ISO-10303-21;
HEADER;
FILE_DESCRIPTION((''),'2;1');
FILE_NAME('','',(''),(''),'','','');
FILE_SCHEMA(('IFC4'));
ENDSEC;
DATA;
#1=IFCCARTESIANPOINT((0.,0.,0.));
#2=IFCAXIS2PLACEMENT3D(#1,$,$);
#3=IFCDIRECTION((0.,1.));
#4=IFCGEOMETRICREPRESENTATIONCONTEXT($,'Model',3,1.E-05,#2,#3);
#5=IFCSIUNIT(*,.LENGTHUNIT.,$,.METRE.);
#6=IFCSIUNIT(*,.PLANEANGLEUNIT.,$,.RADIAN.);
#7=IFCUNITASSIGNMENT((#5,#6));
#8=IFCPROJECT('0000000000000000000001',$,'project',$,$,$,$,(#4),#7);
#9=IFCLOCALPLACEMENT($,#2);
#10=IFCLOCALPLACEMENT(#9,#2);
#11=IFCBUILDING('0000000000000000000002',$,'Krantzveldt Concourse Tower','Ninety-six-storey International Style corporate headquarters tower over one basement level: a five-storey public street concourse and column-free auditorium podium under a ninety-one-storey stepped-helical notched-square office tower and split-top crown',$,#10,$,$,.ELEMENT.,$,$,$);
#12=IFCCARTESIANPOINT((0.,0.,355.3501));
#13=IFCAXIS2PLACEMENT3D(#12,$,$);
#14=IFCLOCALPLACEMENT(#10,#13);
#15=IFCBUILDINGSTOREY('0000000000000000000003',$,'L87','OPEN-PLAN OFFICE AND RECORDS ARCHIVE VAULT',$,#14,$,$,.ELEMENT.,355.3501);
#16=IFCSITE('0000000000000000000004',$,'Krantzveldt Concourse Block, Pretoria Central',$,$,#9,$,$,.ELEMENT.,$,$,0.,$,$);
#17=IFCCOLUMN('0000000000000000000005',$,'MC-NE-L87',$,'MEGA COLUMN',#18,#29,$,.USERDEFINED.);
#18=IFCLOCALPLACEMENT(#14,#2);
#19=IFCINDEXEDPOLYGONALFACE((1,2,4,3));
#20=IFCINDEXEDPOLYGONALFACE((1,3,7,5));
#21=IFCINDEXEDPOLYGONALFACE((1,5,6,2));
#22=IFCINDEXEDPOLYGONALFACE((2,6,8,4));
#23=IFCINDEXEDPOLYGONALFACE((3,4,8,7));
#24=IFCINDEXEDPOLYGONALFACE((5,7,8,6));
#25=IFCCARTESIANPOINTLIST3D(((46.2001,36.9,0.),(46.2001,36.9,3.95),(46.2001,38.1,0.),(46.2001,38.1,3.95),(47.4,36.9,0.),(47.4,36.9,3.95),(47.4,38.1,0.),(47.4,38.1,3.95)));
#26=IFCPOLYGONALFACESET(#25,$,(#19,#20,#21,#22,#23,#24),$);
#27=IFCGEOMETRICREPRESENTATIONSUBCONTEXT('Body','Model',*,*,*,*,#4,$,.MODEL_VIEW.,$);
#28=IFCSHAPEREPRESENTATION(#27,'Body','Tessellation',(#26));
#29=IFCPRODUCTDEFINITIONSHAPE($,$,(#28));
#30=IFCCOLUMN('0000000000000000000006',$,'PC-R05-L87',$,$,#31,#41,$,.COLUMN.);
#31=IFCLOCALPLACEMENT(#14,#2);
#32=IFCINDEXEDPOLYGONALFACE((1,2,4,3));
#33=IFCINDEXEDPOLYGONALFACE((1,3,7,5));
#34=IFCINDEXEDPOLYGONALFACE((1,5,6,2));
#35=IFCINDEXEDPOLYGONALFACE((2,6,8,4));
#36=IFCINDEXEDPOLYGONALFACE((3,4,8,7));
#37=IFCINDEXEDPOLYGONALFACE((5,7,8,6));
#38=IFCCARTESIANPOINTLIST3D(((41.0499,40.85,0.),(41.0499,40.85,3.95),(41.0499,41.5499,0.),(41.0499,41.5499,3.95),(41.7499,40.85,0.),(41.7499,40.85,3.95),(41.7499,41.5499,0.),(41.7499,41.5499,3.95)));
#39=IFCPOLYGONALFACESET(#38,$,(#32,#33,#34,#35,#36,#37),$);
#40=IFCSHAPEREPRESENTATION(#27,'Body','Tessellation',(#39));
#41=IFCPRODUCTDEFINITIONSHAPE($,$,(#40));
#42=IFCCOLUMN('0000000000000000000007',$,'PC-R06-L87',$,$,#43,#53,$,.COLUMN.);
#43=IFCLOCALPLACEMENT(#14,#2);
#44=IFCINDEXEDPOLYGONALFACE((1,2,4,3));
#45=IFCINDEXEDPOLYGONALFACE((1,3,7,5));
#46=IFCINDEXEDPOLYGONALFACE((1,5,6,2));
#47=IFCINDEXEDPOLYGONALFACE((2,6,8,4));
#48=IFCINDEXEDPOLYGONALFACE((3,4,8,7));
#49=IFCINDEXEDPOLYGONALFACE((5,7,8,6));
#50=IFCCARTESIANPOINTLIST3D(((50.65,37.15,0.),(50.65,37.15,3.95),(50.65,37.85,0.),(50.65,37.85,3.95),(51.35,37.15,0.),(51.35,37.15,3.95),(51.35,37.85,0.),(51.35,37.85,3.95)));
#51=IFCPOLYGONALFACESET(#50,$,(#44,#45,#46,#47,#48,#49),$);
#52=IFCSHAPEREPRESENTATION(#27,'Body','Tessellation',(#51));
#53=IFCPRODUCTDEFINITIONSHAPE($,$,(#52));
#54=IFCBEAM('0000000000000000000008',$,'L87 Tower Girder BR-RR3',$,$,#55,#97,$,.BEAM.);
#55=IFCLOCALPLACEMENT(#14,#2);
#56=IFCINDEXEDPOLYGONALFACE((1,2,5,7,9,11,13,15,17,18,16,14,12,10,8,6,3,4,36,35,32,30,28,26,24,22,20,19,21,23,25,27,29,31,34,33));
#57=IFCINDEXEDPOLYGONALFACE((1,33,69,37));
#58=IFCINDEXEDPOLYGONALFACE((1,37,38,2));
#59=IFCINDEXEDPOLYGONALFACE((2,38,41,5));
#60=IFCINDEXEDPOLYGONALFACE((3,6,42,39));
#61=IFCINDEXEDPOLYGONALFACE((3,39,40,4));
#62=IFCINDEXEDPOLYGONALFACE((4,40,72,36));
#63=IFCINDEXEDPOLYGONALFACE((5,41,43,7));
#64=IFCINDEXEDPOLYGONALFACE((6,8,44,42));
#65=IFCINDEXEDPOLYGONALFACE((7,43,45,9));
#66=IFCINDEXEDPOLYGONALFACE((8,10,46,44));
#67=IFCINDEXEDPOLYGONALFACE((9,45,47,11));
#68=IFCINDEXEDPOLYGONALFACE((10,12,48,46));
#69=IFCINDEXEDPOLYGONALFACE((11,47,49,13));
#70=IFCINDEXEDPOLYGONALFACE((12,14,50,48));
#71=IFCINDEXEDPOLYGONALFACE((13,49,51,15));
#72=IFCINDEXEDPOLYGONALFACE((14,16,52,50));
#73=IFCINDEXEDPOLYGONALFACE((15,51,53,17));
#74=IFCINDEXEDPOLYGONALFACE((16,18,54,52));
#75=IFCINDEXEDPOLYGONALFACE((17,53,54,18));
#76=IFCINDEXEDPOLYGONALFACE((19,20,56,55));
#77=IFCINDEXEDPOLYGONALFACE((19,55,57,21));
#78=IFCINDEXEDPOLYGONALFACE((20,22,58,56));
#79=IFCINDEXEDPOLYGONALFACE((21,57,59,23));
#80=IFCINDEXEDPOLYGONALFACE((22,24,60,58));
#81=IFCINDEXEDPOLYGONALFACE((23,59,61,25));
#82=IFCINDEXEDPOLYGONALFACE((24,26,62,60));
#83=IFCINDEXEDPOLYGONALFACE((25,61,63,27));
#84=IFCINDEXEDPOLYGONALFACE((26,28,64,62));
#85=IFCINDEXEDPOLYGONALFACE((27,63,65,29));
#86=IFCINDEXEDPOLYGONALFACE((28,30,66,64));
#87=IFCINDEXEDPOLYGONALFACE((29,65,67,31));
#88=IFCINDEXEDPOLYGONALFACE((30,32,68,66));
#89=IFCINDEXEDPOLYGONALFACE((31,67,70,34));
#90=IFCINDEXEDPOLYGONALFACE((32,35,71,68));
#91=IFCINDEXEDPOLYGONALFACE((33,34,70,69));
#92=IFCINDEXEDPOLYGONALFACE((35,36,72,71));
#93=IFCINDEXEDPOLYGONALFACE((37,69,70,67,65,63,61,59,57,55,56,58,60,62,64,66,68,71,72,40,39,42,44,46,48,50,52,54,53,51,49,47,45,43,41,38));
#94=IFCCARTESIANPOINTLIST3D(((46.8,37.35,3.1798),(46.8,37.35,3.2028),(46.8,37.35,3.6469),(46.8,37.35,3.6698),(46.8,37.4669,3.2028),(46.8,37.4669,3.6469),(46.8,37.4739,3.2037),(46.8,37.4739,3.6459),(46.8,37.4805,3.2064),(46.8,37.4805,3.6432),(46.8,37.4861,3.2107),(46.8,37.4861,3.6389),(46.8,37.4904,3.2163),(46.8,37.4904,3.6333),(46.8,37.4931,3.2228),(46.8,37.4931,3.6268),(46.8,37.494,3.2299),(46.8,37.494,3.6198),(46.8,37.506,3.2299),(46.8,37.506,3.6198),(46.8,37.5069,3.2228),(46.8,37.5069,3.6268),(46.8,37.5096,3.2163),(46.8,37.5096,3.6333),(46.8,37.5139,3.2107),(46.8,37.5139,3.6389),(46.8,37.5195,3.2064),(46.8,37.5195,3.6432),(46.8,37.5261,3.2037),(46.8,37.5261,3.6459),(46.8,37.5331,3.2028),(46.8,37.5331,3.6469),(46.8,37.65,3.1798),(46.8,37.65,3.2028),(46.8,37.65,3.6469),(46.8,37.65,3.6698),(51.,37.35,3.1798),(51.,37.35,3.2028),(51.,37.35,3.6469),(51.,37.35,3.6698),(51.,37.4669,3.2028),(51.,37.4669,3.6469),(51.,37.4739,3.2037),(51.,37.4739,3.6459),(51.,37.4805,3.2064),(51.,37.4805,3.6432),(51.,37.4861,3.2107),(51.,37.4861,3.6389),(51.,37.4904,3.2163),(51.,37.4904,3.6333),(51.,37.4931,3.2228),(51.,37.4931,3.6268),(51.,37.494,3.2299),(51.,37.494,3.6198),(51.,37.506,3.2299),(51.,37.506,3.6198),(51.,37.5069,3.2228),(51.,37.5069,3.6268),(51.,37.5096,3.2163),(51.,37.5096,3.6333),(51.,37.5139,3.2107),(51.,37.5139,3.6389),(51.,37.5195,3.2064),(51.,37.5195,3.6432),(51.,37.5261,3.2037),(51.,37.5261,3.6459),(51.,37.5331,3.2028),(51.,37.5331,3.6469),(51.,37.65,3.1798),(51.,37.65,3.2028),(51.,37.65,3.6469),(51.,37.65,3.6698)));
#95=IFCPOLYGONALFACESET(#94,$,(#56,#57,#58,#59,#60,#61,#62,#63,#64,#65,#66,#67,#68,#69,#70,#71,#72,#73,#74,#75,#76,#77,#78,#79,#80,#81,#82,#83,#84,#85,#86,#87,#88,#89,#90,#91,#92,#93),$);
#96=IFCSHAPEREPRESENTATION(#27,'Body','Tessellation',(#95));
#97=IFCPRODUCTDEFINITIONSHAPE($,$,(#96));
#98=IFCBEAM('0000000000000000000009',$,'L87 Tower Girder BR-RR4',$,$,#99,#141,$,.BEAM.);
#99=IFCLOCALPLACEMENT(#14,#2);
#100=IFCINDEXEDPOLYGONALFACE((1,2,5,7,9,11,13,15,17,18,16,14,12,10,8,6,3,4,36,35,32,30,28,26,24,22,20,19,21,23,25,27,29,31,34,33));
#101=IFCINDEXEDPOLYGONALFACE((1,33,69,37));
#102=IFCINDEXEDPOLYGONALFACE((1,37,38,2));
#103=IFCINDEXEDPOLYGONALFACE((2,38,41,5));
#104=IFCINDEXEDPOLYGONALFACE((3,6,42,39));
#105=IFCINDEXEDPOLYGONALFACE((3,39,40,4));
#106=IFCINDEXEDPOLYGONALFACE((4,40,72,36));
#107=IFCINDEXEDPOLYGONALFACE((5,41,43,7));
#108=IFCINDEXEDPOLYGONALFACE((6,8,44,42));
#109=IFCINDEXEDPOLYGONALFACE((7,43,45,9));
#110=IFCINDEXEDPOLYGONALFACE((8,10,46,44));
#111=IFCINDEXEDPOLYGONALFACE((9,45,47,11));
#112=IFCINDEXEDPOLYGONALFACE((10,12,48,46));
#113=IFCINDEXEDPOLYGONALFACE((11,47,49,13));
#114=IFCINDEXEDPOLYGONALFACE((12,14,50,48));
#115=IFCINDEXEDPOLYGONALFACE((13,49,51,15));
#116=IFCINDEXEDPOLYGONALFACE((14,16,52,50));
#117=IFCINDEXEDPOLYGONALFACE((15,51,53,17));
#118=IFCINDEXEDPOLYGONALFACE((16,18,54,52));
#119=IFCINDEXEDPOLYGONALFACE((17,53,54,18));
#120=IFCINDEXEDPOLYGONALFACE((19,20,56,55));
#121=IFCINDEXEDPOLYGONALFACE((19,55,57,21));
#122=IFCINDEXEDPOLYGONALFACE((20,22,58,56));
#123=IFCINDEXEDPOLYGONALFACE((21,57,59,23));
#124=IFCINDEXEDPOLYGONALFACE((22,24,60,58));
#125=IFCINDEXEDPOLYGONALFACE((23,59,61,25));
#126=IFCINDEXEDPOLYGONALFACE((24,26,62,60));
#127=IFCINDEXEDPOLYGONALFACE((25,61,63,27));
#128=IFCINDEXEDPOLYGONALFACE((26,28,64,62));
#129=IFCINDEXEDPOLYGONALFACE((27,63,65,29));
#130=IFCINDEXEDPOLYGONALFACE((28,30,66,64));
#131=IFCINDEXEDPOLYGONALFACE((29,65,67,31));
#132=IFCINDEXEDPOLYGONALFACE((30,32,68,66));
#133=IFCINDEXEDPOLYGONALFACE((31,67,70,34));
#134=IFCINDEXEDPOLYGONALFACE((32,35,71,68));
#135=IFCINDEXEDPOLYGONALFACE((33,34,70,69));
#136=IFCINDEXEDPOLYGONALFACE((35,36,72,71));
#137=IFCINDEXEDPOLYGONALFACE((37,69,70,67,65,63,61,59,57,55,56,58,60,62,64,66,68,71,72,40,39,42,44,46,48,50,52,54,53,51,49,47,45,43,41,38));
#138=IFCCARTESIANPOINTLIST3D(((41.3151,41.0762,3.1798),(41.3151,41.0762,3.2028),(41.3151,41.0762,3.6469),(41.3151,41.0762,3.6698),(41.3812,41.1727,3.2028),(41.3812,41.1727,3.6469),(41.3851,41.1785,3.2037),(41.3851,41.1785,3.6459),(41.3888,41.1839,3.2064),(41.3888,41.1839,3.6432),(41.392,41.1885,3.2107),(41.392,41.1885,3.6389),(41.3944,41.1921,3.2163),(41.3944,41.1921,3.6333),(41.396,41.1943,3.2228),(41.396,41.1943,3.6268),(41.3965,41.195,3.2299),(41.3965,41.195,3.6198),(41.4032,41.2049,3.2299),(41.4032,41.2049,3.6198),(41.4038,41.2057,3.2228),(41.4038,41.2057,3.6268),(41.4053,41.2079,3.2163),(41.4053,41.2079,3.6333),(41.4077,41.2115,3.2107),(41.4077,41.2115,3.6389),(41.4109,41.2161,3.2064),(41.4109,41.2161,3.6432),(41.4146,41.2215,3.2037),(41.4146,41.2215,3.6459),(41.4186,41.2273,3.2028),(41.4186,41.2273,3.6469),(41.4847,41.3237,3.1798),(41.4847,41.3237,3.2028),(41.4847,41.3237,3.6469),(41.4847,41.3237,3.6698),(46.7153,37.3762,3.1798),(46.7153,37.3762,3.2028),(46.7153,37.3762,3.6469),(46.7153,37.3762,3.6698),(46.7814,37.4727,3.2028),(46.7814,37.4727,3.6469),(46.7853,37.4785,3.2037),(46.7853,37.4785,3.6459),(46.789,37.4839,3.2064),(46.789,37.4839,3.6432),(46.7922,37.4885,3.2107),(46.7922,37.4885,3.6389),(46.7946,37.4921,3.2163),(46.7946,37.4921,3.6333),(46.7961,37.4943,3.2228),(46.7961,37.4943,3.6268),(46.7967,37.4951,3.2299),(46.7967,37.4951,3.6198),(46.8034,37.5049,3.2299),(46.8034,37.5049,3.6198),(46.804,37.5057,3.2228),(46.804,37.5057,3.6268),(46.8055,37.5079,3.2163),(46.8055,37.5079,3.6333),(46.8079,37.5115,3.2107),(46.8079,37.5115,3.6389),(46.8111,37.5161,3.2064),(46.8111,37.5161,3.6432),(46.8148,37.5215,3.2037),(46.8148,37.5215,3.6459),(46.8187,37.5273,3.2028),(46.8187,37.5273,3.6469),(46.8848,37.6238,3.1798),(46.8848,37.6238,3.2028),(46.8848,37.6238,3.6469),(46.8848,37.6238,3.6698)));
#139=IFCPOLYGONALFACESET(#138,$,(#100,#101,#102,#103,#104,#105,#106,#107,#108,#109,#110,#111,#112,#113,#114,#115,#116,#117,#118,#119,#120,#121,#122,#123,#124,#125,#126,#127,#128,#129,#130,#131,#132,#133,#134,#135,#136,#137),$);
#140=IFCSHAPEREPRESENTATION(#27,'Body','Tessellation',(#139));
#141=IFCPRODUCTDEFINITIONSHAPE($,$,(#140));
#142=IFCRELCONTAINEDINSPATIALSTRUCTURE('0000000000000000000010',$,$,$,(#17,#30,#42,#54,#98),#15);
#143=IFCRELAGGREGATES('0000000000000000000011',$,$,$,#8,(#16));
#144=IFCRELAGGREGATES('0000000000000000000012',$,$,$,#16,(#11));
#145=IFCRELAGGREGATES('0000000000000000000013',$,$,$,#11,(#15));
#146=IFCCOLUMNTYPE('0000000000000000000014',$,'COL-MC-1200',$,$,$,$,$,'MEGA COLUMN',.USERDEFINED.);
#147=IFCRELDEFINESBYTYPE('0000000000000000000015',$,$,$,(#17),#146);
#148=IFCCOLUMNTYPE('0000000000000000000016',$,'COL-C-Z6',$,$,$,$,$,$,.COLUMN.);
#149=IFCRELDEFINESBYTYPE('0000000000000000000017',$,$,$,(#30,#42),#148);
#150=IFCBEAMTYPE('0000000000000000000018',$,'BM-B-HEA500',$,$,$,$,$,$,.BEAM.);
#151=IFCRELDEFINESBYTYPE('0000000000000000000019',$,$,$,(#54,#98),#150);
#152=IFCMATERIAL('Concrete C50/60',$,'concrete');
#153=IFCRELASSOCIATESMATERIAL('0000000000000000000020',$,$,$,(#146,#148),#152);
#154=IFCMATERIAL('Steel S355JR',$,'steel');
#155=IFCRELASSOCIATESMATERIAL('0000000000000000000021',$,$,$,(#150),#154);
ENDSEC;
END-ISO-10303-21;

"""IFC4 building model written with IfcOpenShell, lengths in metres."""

from ifc_helpers import new_model, si_unit, direction, frame, origin, origin_2d, place, context, subcontext, project, spatial, rectangle, i_section, extrude, source, transform, mapped, material, material_profile, profile_set, type_object, type_shapes, element, save


model = new_model("IFC4")

# Units and contexts
model_context = context("Model", 3, precision=1e-05, world=origin(), true_north=direction((0.0, 1.0)))
body_context = subcontext(model_context, "Body", "Model", "MODEL_VIEW")
ifc_project = project(units=[si_unit("LENGTHUNIT", "METRE"), si_unit("PLANEANGLEUNIT", "RADIAN")], contexts=[model_context])

# Site, building, storey
site_placement = place(None, origin())
site = spatial("IfcSite", under=ifc_project, at=site_placement, Name="Krantzveldt Concourse Block, Pretoria Central", CompositionType="ELEMENT", RefElevation=0.0)
building_placement = place(site_placement, origin())
building = spatial("IfcBuilding", under=site, at=building_placement, Name="Krantzveldt Concourse Tower", Description="Ninety-six-storey International Style corporate headquarters tower over one basement level: a five-storey public street concourse and column-free auditorium podium under a ninety-one-storey stepped-helical notched-square office tower and split-top crown", CompositionType="ELEMENT")
storey_placement = place(building_placement, frame((0.0, 0.0, 355.3501)))
storey = spatial("IfcBuildingStorey", under=building, at=storey_placement, Name="L87", Description="OPEN-PLAN OFFICE AND RECORDS ARCHIVE VAULT", CompositionType="ELEMENT", Elevation=355.3501)

# Columns
ifc_material_1 = material(Name="Concrete C50/60", Category="concrete")
ifc_material_profile_1 = material_profile(ifc_material_1, rectangle(XDim=1.2, YDim=1.2, at=origin_2d()), Name="Concrete C50/60", Category="concrete")
ifc_profile_set_1 = profile_set([ifc_material_profile_1], Name="Concrete C50/60 - RC 1200x1200")
column_type_1 = type_object("IfcColumnType", Name="COL-MC-1200", ElementType="MEGA COLUMN", PredefinedType="USERDEFINED", material=ifc_profile_set_1)
shared_shape_1 = source(origin(), body_context, "Body", "SweptSolid", [
    extrude(rectangle(XDim=1.2, YDim=1.2, at=origin_2d()), origin(), (0.0, 0.0, 1.0), 3.95),
])
type_shapes(column_type_1, [shared_shape_1])
column_placement = place(storey_placement, frame((46.8, 37.5, 0.0), z_axis=(0.0, 0.0, 1.0), x_axis=(1.0, 0.0, 0.0)))
element("IfcColumn", 1, at=column_placement, inside=storey, type_object=column_type_1, Name="MC-NE-L87", ObjectType="MEGA COLUMN", PredefinedType="USERDEFINED", context=body_context, shape_type="MappedRepresentation", body=[
    mapped(shared_shape_1, transform((0.0, 0.0, 0.0), x_axis=(1.0, 0.0, 0.0), y_axis=(0.0, 1.0, 0.0), z_axis=(0.0, 0.0, 1.0), scale=1.0)),
])
ifc_material_profile_2 = material_profile(ifc_material_1, rectangle(XDim=0.7, YDim=0.7, at=origin_2d()), Name="Concrete C50/60", Category="concrete")
ifc_profile_set_2 = profile_set([ifc_material_profile_2], Name="Concrete C50/60 - RC 700x700")
column_type_2 = type_object("IfcColumnType", Name="COL-C-Z6", PredefinedType="COLUMN", material=ifc_profile_set_2)
shared_shape_2 = source(origin(), body_context, "Body", "SweptSolid", [
    extrude(rectangle(XDim=0.7, YDim=0.7, at=origin_2d()), origin(), (0.0, 0.0, 1.0), 3.95),
])
type_shapes(column_type_2, [shared_shape_2])
for number, where, z_axis, x_axis, name in (
    (2, (41.3999, 41.2, 0.0), (0.0, 0.0, 1.0), (1.0, 0.0, 0.0), "PC-R05-L87"),
    (3, (51.0, 37.5, 0.0), (0.0, 0.0, 1.0), (1.0, 0.0, 0.0), "PC-R06-L87"),
):
    element("IfcColumn", number, at=place(storey_placement, frame(where, z_axis=z_axis, x_axis=x_axis)), inside=storey, type_object=column_type_2, Name=name, PredefinedType="COLUMN", context=body_context, shape_type="MappedRepresentation", body=[
        mapped(shared_shape_2, transform((0.0, 0.0, 0.0), x_axis=(1.0, 0.0, 0.0), y_axis=(0.0, 1.0, 0.0), z_axis=(0.0, 0.0, 1.0), scale=1.0)),
    ])

# Beams
ifc_material_2 = material(Name="Steel S355JR", Category="steel")
ifc_material_profile_3 = material_profile(ifc_material_2, i_section(OverallWidth=0.3, OverallDepth=0.49, WebThickness=0.012, FlangeThickness=0.0229, FilletRadius=0.0271, at=origin_2d()), Name="Steel S355JR", Category="steel")
ifc_profile_set_3 = profile_set([ifc_material_profile_3], Name="Steel S355JR - HEA 500")
beam_type_1 = type_object("IfcBeamType", Name="BM-B-HEA500", PredefinedType="BEAM", material=ifc_profile_set_3)
shared_shape_3 = source(origin(), body_context, "Body", "SweptSolid", [
    extrude(i_section(OverallWidth=0.3, OverallDepth=0.49, WebThickness=0.012, FlangeThickness=0.0229, FilletRadius=0.0271, at=origin_2d()), origin(), (0.0, 0.0, 1.0), 4.2),
])
beam_1_placement = place(storey_placement, frame((46.8, 37.5, 3.4248), z_axis=(1.0, 0.0, 0.0), x_axis=(0.0, 1.0, 0.0)))
element("IfcBeam", 4, at=beam_1_placement, inside=storey, type_object=beam_type_1, Name="L87 Tower Girder BR-RR3", PredefinedType="BEAM", context=body_context, shape_type="MappedRepresentation", body=[
    mapped(shared_shape_3, transform((0.0, 0.0, 0.0), x_axis=(1.0, 0.0, 0.0), y_axis=(0.0, 1.0, 0.0), z_axis=(0.0, 0.0, 1.0), scale=1.0)),
])
shared_shape_4 = source(origin(), body_context, "Body", "SweptSolid", [
    extrude(i_section(OverallWidth=0.3, OverallDepth=0.49, WebThickness=0.012, FlangeThickness=0.0229, FilletRadius=0.0271, at=origin_2d()), origin(), (0.0, 0.0, 1.0), 6.5461),
])
type_shapes(beam_type_1, [shared_shape_3, shared_shape_4])
beam_2_placement = place(storey_placement, frame((46.8, 37.5, 3.4248), z_axis=(-0.824943, 0.565216, 0.0), x_axis=(-0.565216, -0.824943, 0.0)))
element("IfcBeam", 5, at=beam_2_placement, inside=storey, type_object=beam_type_1, Name="L87 Tower Girder BR-RR4", PredefinedType="BEAM", context=body_context, shape_type="MappedRepresentation", body=[
    mapped(shared_shape_4, transform((0.0, 0.0, 0.0), x_axis=(1.0, 0.0, 0.0), y_axis=(0.0, 1.0, 0.0), z_axis=(0.0, 0.0, 1.0), scale=1.0)),
])

save(model, "model.ifc")
